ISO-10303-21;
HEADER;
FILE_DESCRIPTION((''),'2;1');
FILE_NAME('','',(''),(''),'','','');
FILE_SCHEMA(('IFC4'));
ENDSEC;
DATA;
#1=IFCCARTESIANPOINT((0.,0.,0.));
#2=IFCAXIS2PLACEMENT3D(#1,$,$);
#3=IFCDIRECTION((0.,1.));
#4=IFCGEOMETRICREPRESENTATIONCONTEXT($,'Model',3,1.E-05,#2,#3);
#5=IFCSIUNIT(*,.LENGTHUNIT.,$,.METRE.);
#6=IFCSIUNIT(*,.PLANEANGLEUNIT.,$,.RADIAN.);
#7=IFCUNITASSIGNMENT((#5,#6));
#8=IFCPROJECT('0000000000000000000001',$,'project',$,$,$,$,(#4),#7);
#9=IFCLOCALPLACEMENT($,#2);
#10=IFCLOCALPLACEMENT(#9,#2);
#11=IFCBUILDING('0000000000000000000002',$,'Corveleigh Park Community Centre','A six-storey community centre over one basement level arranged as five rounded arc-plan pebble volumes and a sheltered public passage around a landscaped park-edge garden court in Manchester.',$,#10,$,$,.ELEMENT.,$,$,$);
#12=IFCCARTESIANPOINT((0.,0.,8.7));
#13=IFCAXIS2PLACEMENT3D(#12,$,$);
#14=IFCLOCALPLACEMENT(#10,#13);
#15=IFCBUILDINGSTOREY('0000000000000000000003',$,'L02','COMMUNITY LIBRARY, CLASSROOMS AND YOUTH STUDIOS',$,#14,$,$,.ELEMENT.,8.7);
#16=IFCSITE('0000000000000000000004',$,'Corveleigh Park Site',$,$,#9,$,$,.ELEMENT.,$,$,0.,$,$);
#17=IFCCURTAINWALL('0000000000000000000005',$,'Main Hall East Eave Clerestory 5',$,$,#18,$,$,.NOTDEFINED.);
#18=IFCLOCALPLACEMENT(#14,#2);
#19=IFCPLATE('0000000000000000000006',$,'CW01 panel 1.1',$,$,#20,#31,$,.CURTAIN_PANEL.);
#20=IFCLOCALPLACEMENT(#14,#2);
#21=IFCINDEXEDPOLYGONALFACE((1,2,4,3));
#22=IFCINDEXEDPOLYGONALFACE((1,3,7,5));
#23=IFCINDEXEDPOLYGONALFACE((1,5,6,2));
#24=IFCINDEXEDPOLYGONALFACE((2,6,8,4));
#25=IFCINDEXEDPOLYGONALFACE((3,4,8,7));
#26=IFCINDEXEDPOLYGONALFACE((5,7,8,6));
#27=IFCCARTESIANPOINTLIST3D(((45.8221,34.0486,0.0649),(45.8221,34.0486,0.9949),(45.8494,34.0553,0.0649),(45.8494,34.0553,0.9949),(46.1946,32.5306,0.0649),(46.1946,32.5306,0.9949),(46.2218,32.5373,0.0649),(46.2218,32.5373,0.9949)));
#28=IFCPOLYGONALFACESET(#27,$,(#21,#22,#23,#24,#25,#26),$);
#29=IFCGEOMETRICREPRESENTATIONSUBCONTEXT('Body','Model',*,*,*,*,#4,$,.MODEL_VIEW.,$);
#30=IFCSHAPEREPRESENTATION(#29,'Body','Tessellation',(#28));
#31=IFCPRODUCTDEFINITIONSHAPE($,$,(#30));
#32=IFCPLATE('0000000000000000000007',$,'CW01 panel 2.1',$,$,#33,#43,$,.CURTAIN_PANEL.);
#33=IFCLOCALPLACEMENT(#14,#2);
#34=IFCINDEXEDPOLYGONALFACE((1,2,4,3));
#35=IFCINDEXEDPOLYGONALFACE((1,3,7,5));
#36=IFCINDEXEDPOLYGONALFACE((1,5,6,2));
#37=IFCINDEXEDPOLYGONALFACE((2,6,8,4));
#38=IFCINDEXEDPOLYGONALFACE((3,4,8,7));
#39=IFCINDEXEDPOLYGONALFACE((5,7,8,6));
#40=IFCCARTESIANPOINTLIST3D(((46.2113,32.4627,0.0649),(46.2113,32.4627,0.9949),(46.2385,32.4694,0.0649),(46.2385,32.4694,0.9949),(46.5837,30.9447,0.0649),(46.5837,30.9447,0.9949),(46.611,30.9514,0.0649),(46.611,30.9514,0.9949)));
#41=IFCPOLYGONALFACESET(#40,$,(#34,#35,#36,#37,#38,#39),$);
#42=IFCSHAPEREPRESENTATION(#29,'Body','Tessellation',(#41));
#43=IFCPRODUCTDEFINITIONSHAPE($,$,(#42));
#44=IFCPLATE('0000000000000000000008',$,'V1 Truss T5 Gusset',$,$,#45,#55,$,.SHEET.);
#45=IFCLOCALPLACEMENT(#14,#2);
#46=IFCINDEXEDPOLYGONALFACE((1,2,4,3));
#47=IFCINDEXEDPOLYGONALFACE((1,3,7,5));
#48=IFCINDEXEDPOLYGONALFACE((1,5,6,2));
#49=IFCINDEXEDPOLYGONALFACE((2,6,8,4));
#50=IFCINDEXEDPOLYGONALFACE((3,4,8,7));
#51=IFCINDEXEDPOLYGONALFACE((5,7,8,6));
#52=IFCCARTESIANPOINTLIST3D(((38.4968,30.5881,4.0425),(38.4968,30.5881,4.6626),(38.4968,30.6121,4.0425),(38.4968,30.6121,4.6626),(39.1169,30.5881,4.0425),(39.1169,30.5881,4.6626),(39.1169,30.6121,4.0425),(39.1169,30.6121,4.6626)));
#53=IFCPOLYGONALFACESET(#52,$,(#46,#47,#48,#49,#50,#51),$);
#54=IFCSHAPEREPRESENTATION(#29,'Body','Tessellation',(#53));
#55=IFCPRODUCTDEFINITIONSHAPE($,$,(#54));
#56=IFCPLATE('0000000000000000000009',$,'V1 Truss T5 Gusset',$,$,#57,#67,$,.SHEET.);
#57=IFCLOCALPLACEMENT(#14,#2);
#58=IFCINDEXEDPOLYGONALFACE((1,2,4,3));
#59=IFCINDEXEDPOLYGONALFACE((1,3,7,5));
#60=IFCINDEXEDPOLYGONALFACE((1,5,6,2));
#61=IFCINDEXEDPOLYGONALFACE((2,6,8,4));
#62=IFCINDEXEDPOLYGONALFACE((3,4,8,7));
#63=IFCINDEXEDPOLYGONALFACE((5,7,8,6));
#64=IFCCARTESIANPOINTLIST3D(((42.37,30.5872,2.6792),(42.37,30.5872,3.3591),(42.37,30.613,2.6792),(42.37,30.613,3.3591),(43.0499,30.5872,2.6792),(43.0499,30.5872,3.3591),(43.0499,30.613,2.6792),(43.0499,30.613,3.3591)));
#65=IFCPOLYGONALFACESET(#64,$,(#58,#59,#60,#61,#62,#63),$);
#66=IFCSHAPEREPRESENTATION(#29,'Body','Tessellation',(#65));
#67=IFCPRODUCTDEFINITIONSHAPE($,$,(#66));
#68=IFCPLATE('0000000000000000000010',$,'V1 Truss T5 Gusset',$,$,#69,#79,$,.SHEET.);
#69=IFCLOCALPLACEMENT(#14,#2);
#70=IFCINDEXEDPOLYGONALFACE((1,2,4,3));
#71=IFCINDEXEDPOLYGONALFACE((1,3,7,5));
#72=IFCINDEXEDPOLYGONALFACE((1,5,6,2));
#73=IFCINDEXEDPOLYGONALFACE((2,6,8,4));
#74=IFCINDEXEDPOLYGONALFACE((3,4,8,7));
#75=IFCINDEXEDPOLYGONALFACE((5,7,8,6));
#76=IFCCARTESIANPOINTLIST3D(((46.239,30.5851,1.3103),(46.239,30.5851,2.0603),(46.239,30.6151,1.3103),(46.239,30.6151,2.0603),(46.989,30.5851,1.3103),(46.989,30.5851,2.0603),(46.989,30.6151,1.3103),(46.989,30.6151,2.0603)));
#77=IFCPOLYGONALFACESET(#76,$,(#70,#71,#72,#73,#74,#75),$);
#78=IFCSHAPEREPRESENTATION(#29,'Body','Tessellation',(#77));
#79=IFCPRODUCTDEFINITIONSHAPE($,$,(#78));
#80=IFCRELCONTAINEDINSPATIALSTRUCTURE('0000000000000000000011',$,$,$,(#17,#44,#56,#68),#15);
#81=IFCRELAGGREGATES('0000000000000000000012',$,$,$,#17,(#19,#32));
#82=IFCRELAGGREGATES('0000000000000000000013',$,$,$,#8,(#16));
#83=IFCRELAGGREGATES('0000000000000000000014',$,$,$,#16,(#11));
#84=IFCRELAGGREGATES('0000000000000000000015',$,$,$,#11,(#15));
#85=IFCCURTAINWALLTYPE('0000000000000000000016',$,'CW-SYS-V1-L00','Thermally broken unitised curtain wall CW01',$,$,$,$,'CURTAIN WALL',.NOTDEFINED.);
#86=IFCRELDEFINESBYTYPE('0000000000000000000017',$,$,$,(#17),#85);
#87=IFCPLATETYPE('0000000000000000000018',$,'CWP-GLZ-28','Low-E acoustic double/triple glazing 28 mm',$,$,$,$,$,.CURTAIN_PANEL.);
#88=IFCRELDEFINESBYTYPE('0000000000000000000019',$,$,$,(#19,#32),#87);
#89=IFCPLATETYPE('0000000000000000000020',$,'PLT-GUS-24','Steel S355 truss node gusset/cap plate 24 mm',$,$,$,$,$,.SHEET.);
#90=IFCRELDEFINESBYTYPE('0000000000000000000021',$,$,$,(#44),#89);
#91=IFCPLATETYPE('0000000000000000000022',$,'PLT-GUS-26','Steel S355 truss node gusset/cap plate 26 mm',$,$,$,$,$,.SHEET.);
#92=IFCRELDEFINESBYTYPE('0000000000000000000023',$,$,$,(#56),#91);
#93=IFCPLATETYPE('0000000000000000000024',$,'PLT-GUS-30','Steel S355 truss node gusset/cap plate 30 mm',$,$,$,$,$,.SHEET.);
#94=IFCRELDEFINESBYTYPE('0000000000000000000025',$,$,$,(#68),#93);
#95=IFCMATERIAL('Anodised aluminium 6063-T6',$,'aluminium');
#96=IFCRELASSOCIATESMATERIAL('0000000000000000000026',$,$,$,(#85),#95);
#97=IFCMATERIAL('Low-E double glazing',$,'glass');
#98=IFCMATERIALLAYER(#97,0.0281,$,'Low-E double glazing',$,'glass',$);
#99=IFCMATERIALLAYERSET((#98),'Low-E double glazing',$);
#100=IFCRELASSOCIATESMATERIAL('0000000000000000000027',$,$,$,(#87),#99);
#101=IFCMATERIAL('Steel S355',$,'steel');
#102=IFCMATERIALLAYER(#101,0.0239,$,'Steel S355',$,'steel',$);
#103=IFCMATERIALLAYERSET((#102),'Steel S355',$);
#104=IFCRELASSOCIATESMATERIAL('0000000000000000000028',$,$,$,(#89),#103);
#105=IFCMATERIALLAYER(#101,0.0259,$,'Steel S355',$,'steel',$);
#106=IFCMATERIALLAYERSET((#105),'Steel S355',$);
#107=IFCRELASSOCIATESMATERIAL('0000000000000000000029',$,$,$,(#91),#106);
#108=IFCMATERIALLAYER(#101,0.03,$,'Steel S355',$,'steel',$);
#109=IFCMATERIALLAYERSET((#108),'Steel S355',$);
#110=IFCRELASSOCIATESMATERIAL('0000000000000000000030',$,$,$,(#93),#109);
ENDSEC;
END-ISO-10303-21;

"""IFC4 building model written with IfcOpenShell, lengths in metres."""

from ifc_helpers import new_model, si_unit, direction, frame, origin, origin_2d, place, context, subcontext, project, spatial, rectangle, extrude, material, layer, layer_set, type_object, element, aggregate, save


model = new_model("IFC4")

# Units and contexts
model_context = context("Model", 3, precision=1e-05, world=origin(), true_north=direction((0.0, 1.0)))
body_context = subcontext(model_context, "Body", "Model", "MODEL_VIEW")
ifc_project = project(units=[si_unit("LENGTHUNIT", "METRE"), si_unit("PLANEANGLEUNIT", "RADIAN")], contexts=[model_context])

# Site, building, storey
site_placement = place(None, origin())
site = spatial("IfcSite", under=ifc_project, at=site_placement, Name="Corveleigh Park Site", CompositionType="ELEMENT", RefElevation=0.0)
building_placement = place(site_placement, origin())
building = spatial("IfcBuilding", under=site, at=building_placement, Name="Corveleigh Park Community Centre", Description="A six-storey community centre over one basement level arranged as five rounded arc-plan pebble volumes and a sheltered public passage around a landscaped park-edge garden court in Manchester.", CompositionType="ELEMENT")
storey_placement = place(building_placement, frame((0.0, 0.0, 8.7)))
storey = spatial("IfcBuildingStorey", under=building, at=storey_placement, Name="L02", Description="COMMUNITY LIBRARY, CLASSROOMS AND YOUTH STUDIOS", CompositionType="ELEMENT", Elevation=8.7)

# Shared definitions
ifc_material_1 = material(Name="Steel S355", Category="steel")

# Curtain wall
ifc_material_2 = material(Name="Anodised aluminium 6063-T6", Category="aluminium")
curtain_wall_type = type_object("IfcCurtainWallType", Name="CW-SYS-V1-L00", Description="Thermally broken unitised curtain wall CW01", ElementType="CURTAIN WALL", PredefinedType="NOTDEFINED", material=ifc_material_2)
curtain_wall_1_placement = place(storey_placement, origin())
curtain_wall_1 = element("IfcCurtainWall", 1, at=curtain_wall_1_placement, inside=storey, type_object=curtain_wall_type, Name="Main Hall East Eave Clerestory 5", PredefinedType="NOTDEFINED")

# Plates
ifc_material_3 = material(Name="Low-E double glazing", Category="glass")
ifc_layer_1 = layer(ifc_material_3, 0.0281, Name="Low-E double glazing", Category="glass")
ifc_layer_set_1 = layer_set([ifc_layer_1], Name="Low-E double glazing")
plate_type_1 = type_object("IfcPlateType", Name="CWP-GLZ-28", Description="Low-E acoustic double/triple glazing 28 mm", PredefinedType="CURTAIN_PANEL", material=ifc_layer_set_1)
plate_1_placement = place(storey_placement, frame((46.022, 33.293, 0.0649), z_axis=(0.0, 0.0, 1.0), x_axis=(0.238302, -0.971191, 0.0)))
plate_1 = element("IfcPlate", 2, at=plate_1_placement, type_object=plate_type_1, Name="CW01 panel 1.1", PredefinedType="CURTAIN_PANEL", context=body_context, shape_type="SweptSolid", body=[
    extrude(rectangle(XDim=1.563, YDim=0.0281, at=origin_2d()), origin(), (0.0, 0.0, 1.0), 0.9299),
])
plate_2_placement = place(storey_placement, frame((46.4111, 31.707, 0.0649), z_axis=(0.0, 0.0, 1.0), x_axis=(0.238302, -0.971191, 0.0)))
plate_2 = element("IfcPlate", 3, at=plate_2_placement, type_object=plate_type_1, Name="CW01 panel 2.1", PredefinedType="CURTAIN_PANEL", context=body_context, shape_type="SweptSolid", body=[
    extrude(rectangle(XDim=1.563, YDim=0.0281, at=origin_2d()), origin(), (0.0, 0.0, 1.0), 0.9299),
])
aggregate(curtain_wall_1, [plate_1, plate_2])

# Plates
ifc_layer_2 = layer(ifc_material_1, 0.0239, Name="Steel S355", Category="steel")
ifc_layer_set_2 = layer_set([ifc_layer_2], Name="Steel S355")
plate_type_2 = type_object("IfcPlateType", Name="PLT-GUS-24", Description="Steel S355 truss node gusset/cap plate 24 mm", PredefinedType="SHEET", material=ifc_layer_set_2)
plate_3_placement = place(storey_placement, frame((38.8069, 30.6001, 4.0425), z_axis=(0.0, 0.0, 1.0), x_axis=(1.0, 0.0, 0.0)))
element("IfcPlate", 4, at=plate_3_placement, inside=storey, type_object=plate_type_2, Name="V1 Truss T5 Gusset", PredefinedType="SHEET", context=body_context, shape_type="SweptSolid", body=[
    extrude(rectangle(XDim=0.6201, YDim=0.0239, at=origin_2d()), origin(), (0.0, 0.0, 1.0), 0.6201),
])
ifc_layer_3 = layer(ifc_material_1, 0.0259, Name="Steel S355", Category="steel")
ifc_layer_set_3 = layer_set([ifc_layer_3], Name="Steel S355")
plate_type_3 = type_object("IfcPlateType", Name="PLT-GUS-26", Description="Steel S355 truss node gusset/cap plate 26 mm", PredefinedType="SHEET", material=ifc_layer_set_3)
plate_4_placement = place(storey_placement, frame((42.71, 30.6001, 2.6792), z_axis=(0.0, 0.0, 1.0), x_axis=(1.0, 0.0, 0.0)))
element("IfcPlate", 5, at=plate_4_placement, inside=storey, type_object=plate_type_3, Name="V1 Truss T5 Gusset", PredefinedType="SHEET", context=body_context, shape_type="SweptSolid", body=[
    extrude(rectangle(XDim=0.6799, YDim=0.0259, at=origin_2d()), origin(), (0.0, 0.0, 1.0), 0.6799),
])
ifc_layer_4 = layer(ifc_material_1, 0.03, Name="Steel S355", Category="steel")
ifc_layer_set_4 = layer_set([ifc_layer_4], Name="Steel S355")
plate_type_4 = type_object("IfcPlateType", Name="PLT-GUS-30", Description="Steel S355 truss node gusset/cap plate 30 mm", PredefinedType="SHEET", material=ifc_layer_set_4)
plate_5_placement = place(storey_placement, frame((46.614, 30.6001, 1.3103), z_axis=(0.0, 0.0, 1.0), x_axis=(1.0, 0.0, 0.0)))
element("IfcPlate", 6, at=plate_5_placement, inside=storey, type_object=plate_type_4, Name="V1 Truss T5 Gusset", PredefinedType="SHEET", context=body_context, shape_type="SweptSolid", body=[
    extrude(rectangle(XDim=0.75, YDim=0.03, at=origin_2d()), origin(), (0.0, 0.0, 1.0), 0.75),
])

save(model, "model.ifc")
